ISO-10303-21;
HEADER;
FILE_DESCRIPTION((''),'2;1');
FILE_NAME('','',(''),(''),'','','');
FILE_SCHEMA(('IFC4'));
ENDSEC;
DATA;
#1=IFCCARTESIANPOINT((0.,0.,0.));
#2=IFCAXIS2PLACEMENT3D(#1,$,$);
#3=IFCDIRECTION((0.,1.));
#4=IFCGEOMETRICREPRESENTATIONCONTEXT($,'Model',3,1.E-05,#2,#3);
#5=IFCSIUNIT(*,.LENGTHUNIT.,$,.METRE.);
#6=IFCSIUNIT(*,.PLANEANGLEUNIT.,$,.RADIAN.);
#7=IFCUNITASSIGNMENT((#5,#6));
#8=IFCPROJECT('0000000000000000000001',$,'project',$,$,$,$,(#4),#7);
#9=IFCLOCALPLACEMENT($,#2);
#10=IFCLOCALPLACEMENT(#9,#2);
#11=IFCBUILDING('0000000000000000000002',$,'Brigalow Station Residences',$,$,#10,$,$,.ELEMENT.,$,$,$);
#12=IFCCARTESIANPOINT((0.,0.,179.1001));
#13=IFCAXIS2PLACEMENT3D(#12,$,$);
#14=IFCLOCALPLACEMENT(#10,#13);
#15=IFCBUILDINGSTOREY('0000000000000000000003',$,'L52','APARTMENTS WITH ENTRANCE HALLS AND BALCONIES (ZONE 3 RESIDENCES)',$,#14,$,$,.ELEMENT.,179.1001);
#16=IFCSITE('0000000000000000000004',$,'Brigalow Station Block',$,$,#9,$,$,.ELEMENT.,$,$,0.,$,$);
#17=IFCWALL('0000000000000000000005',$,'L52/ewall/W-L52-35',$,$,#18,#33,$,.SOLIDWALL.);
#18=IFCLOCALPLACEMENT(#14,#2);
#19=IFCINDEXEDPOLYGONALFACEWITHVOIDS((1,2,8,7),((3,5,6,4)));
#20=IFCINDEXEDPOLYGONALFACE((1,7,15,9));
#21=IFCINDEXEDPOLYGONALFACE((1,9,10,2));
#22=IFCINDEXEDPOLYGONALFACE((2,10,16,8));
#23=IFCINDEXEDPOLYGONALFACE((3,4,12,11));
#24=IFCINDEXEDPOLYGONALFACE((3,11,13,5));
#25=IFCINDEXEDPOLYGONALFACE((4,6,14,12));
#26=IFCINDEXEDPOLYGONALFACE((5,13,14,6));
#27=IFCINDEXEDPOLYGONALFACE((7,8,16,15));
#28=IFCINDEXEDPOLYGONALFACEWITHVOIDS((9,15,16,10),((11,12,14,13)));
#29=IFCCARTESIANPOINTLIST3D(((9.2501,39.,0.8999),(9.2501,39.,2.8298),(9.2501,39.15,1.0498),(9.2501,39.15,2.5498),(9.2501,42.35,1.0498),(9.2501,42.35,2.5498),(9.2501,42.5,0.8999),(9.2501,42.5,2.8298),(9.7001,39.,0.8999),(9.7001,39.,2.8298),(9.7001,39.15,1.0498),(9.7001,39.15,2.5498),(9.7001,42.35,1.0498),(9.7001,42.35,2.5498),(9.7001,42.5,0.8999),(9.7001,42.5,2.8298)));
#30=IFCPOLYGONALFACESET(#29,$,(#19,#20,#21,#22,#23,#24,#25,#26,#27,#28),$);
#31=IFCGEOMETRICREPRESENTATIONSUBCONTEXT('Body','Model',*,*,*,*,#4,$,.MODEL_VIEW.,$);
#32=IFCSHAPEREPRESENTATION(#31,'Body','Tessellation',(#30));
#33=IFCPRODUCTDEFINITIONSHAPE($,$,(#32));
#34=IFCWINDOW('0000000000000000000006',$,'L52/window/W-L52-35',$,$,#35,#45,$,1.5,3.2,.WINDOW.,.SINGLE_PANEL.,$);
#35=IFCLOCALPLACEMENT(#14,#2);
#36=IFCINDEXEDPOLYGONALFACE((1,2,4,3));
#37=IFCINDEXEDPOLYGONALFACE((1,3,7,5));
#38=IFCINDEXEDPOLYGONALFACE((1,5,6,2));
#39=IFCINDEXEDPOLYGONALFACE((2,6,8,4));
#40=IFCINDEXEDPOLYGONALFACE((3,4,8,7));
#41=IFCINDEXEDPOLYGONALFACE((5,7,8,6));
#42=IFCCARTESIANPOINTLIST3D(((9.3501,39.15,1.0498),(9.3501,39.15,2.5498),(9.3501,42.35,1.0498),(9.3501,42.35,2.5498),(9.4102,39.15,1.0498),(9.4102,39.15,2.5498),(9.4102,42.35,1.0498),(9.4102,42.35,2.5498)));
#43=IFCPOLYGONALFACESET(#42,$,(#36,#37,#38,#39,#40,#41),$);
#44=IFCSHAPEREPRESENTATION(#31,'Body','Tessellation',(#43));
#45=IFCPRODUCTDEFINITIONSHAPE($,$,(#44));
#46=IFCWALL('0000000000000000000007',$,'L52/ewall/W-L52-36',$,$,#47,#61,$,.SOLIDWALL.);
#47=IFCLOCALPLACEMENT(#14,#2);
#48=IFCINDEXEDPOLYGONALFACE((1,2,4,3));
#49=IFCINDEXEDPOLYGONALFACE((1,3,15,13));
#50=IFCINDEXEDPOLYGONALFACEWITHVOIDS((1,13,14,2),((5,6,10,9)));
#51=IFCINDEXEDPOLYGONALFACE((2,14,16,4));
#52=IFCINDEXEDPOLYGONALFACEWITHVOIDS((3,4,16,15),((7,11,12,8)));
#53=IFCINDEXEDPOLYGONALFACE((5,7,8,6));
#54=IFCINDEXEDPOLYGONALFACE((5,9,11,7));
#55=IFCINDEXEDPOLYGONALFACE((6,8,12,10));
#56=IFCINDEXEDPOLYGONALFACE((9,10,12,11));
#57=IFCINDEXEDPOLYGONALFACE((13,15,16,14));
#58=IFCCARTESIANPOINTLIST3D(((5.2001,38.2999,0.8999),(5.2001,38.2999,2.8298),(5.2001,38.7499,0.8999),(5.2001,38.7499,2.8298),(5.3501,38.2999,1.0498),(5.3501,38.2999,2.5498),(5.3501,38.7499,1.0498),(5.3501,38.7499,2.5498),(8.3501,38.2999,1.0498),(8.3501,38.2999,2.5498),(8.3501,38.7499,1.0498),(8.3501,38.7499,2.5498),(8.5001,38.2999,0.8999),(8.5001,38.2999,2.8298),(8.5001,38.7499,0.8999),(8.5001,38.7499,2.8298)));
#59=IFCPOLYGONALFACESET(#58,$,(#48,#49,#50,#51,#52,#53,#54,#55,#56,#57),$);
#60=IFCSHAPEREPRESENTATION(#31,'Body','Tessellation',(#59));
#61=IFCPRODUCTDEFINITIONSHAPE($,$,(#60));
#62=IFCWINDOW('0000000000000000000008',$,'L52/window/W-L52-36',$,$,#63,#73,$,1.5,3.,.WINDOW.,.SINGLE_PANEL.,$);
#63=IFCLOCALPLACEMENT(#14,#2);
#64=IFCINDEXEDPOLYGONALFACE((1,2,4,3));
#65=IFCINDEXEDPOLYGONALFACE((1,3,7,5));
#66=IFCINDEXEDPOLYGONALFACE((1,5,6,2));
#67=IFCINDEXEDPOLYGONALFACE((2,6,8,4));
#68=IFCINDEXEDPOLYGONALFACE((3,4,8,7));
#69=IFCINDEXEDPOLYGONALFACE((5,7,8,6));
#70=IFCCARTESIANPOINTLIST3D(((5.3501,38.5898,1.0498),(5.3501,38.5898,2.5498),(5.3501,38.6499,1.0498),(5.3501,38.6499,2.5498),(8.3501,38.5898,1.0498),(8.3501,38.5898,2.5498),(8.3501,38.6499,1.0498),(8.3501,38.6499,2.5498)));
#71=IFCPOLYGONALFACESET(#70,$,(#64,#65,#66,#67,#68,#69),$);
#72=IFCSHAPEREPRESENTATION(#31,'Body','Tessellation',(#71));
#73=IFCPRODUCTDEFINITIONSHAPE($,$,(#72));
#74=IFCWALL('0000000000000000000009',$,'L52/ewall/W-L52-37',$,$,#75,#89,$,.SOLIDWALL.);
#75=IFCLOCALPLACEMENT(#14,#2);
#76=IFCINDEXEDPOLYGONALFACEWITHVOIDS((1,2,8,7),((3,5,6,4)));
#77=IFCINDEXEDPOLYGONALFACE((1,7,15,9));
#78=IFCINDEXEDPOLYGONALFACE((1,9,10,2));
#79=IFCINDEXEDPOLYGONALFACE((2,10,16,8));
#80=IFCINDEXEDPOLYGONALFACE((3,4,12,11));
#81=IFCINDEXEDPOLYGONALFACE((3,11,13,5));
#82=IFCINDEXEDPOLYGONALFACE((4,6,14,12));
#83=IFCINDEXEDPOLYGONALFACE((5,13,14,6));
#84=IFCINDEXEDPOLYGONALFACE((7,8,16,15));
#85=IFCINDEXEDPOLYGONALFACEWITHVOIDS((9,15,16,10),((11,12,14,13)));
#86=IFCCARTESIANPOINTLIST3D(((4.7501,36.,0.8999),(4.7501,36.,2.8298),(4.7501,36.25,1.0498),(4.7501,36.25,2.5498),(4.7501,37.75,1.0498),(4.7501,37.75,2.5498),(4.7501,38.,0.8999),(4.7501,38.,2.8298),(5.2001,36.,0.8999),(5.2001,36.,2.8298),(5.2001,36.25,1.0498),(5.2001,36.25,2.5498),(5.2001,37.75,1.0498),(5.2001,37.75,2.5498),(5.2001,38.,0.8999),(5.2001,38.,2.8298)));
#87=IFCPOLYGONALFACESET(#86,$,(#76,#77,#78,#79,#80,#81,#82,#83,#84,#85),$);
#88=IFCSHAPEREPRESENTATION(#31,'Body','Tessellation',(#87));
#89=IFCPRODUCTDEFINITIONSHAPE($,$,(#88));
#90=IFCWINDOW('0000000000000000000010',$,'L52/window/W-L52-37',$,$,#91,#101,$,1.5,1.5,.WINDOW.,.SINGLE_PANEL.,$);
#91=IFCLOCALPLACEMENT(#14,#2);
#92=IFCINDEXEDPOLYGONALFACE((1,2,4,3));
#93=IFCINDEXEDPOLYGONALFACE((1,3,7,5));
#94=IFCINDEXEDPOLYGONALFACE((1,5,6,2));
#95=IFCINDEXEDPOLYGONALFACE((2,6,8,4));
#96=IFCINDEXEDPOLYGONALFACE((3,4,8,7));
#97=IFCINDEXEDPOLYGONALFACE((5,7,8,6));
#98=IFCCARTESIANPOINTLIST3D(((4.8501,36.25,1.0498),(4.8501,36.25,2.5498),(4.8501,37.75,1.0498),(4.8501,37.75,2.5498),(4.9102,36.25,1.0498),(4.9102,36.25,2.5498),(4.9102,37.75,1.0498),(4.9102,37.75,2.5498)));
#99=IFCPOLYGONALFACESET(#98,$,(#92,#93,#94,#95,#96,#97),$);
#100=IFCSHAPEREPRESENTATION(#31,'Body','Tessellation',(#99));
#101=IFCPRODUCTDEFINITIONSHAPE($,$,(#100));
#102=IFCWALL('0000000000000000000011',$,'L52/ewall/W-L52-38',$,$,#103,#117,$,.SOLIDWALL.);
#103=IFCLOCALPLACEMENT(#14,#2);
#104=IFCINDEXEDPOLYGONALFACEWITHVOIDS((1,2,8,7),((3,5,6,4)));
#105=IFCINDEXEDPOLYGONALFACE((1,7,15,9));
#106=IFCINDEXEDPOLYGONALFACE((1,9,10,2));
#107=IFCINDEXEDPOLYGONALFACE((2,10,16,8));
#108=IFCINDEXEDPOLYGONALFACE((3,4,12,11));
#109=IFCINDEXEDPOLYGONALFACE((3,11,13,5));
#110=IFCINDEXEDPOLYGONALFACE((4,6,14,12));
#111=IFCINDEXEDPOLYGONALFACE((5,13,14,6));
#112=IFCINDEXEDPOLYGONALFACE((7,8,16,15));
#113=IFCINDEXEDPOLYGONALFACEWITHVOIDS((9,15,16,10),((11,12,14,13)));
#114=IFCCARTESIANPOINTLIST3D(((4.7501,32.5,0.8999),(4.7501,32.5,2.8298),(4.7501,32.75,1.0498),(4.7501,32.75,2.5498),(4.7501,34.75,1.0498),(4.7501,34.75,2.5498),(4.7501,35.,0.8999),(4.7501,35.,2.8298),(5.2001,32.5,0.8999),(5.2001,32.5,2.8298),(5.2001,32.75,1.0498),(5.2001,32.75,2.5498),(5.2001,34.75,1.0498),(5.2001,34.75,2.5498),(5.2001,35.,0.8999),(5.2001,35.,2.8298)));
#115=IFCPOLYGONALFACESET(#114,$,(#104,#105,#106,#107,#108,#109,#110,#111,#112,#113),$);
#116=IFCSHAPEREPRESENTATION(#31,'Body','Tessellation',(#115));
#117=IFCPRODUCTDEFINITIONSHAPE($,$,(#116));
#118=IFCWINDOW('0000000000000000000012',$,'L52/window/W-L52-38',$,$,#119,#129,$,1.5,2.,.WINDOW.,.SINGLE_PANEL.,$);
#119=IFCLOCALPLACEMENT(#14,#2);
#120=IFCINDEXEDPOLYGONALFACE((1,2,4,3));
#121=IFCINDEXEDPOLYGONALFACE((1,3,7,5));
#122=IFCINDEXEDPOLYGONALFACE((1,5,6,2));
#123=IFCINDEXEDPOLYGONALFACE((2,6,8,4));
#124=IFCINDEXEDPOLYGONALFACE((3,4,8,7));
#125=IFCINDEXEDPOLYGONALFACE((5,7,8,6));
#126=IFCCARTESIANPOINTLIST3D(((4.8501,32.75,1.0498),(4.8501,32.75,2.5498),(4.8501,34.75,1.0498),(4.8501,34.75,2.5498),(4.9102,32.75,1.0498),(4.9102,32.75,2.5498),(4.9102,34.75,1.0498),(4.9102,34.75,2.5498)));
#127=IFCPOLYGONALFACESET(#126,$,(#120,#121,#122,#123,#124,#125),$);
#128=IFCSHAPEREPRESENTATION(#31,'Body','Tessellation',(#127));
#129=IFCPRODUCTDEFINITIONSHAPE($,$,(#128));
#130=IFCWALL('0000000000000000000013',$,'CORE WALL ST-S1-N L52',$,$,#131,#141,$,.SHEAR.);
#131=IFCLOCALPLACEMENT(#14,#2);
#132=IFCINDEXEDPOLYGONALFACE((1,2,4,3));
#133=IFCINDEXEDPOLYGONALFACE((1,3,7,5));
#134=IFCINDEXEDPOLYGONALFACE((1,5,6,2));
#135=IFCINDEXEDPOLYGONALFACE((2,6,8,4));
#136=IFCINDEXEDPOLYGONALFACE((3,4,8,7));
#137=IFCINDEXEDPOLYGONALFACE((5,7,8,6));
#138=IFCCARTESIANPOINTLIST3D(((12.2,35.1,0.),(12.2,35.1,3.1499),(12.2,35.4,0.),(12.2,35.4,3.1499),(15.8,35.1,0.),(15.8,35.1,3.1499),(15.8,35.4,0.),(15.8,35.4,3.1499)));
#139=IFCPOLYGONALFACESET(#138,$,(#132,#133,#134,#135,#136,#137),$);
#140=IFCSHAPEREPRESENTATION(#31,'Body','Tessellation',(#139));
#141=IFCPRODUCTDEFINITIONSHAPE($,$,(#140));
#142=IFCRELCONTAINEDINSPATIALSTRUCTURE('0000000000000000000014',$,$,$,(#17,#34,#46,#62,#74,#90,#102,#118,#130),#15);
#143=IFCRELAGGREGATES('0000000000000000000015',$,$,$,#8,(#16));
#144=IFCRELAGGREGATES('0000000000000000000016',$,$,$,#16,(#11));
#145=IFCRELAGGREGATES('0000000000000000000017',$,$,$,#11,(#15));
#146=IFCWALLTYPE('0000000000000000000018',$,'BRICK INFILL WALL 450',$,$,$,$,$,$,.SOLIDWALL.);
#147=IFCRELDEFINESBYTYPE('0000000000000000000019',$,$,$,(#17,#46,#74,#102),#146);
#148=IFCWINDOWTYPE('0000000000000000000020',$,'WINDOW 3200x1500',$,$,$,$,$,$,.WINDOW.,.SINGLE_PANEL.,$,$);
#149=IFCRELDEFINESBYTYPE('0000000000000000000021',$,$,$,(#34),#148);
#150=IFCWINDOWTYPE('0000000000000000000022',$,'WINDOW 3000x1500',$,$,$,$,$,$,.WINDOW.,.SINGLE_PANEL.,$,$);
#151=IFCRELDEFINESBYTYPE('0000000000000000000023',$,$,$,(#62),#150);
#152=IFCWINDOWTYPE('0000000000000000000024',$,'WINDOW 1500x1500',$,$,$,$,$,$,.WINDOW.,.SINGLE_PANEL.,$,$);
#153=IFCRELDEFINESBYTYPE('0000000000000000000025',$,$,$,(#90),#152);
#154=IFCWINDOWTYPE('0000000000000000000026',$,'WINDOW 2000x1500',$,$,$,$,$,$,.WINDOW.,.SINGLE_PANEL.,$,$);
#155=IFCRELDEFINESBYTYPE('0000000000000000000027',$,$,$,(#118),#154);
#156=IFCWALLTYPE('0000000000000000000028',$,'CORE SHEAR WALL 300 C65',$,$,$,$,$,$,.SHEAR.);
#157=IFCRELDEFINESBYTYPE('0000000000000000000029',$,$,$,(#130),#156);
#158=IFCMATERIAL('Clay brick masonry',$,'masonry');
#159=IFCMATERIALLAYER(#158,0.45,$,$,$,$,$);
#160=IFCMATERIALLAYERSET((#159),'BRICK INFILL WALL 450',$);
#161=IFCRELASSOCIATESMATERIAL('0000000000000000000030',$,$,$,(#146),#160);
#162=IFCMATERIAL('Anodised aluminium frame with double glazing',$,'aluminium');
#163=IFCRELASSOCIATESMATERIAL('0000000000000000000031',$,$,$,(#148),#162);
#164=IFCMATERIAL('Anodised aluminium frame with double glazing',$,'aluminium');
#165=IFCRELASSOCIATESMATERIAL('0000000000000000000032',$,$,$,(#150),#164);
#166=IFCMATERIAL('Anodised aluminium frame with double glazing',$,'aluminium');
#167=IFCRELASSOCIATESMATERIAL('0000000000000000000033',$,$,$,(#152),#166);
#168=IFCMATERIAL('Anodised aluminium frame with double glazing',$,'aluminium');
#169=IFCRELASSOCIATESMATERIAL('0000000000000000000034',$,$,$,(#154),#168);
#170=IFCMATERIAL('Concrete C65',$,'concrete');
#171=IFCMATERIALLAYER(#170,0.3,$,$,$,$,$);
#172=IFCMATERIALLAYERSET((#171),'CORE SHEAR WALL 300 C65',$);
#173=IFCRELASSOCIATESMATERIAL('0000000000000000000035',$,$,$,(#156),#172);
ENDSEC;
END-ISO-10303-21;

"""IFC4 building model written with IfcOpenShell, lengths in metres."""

from ifc_helpers import new_model, si_unit, direction, frame, frame_2d, origin, place, context, subcontext, project, spatial, rectangle, extrude, material, layer, layer_set, type_object, element, fill, save


model = new_model("IFC4")

# Units and contexts
model_context = context("Model", 3, precision=1e-05, world=origin(), true_north=direction((0.0, 1.0)))
body_context = subcontext(model_context, "Body", "Model", "MODEL_VIEW")
ifc_project = project(units=[si_unit("LENGTHUNIT", "METRE"), si_unit("PLANEANGLEUNIT", "RADIAN")], contexts=[model_context])

# Site, building, storey
site_placement = place(None, origin())
site = spatial("IfcSite", under=ifc_project, at=site_placement, Name="Brigalow Station Block", CompositionType="ELEMENT", RefElevation=0.0)
building_placement = place(site_placement, origin())
building = spatial("IfcBuilding", under=site, at=building_placement, Name="Brigalow Station Residences", CompositionType="ELEMENT")
storey_placement = place(building_placement, frame((0.0, 0.0, 179.1001)))
storey = spatial("IfcBuildingStorey", under=building, at=storey_placement, Name="L52", Description="APARTMENTS WITH ENTRANCE HALLS AND BALCONIES (ZONE 3 RESIDENCES)", CompositionType="ELEMENT", Elevation=179.1001)

# Shared definitions
ifc_material_1 = material(Name="Clay brick masonry", Category="masonry")
ifc_layer_1 = layer(ifc_material_1, 0.45)
ifc_layer_set_1 = layer_set([ifc_layer_1], Name="BRICK INFILL WALL 450")
wall_type_1 = type_object("IfcWallType", Name="BRICK INFILL WALL 450", PredefinedType="SOLIDWALL", material=ifc_layer_set_1)

# Walls, openings, windows
wall_1_placement = place(storey_placement, frame((9.4751, 42.5, 0.8999), z_axis=(0.0, 0.0, 1.0), x_axis=(0.0, -1.0, 0.0)))
wall_1 = element("IfcWall", 1, at=wall_1_placement, inside=storey, type_object=wall_type_1, Name="L52/ewall/W-L52-35", PredefinedType="SOLIDWALL", context=body_context, shape_type="SweptSolid", body=[
    extrude(rectangle(XDim=3.5, YDim=0.45, at=frame_2d((1.75, 0.0))), origin(), (0.0, 0.0, 1.0), 1.9299),
])
opening_1_placement = place(wall_1_placement, frame((0.1499, 0.0, 0.1499)))
opening_1 = element("IfcOpeningElement", 2, at=opening_1_placement, cuts=wall_1, PredefinedType="OPENING", context=body_context, shape_type="SweptSolid", body=[
    extrude(rectangle(XDim=3.2, YDim=1.5, at=frame_2d((1.6001, 0.75))), frame((0.0, 0.2349, 0.0), z_axis=(0.0, -1.0, 0.0), x_axis=(1.0, 0.0, 0.0)), (0.0, 0.0, 1.0), 0.47),
])
ifc_material_2 = material(Name="Anodised aluminium frame with double glazing", Category="aluminium")
window_type_1 = type_object("IfcWindowType", Name="WINDOW 3200x1500", PartitioningType="SINGLE_PANEL", PredefinedType="WINDOW", material=ifc_material_2)
window_1_placement = place(opening_1_placement, origin())
window_1 = element("IfcWindow", 3, at=window_1_placement, inside=storey, type_object=window_type_1, Name="L52/window/W-L52-35", OverallHeight=1.5, OverallWidth=3.2, PartitioningType="SINGLE_PANEL", PredefinedType="WINDOW", context=body_context, shape_type="SweptSolid", body=[
    extrude(rectangle(XDim=3.2, YDim=1.5, at=frame_2d((1.6001, 0.75))), frame((0.0, -0.0649, 0.0), z_axis=(0.0, -1.0, 0.0), x_axis=(1.0, 0.0, 0.0)), (0.0, 0.0, 1.0), 0.0601),
])
fill(opening_1, window_1)
wall_2_placement = place(storey_placement, frame((8.5, 38.5249, 0.8999), z_axis=(0.0, 0.0, 1.0), x_axis=(-1.0, 0.0, 0.0)))
wall_2 = element("IfcWall", 4, at=wall_2_placement, inside=storey, type_object=wall_type_1, Name="L52/ewall/W-L52-36", PredefinedType="SOLIDWALL", context=body_context, shape_type="SweptSolid", body=[
    extrude(rectangle(XDim=3.3, YDim=0.45, at=frame_2d((1.6499, 0.0))), origin(), (0.0, 0.0, 1.0), 1.9299),
])
opening_2_placement = place(wall_2_placement, frame((0.1499, 0.0, 0.1499)))
opening_2 = element("IfcOpeningElement", 5, at=opening_2_placement, cuts=wall_2, PredefinedType="OPENING", context=body_context, shape_type="SweptSolid", body=[
    extrude(rectangle(XDim=3.0, YDim=1.5, at=frame_2d((1.5, 0.75))), frame((0.0, 0.2349, 0.0), z_axis=(0.0, -1.0, 0.0), x_axis=(1.0, 0.0, 0.0)), (0.0, 0.0, 1.0), 0.47),
])
ifc_material_3 = material(Name="Anodised aluminium frame with double glazing", Category="aluminium")
window_type_2 = type_object("IfcWindowType", Name="WINDOW 3000x1500", PartitioningType="SINGLE_PANEL", PredefinedType="WINDOW", material=ifc_material_3)
window_2_placement = place(opening_2_placement, origin())
window_2 = element("IfcWindow", 6, at=window_2_placement, inside=storey, type_object=window_type_2, Name="L52/window/W-L52-36", OverallHeight=1.5, OverallWidth=3.0, PartitioningType="SINGLE_PANEL", PredefinedType="WINDOW", context=body_context, shape_type="SweptSolid", body=[
    extrude(rectangle(XDim=3.0, YDim=1.5, at=frame_2d((1.5, 0.75))), frame((0.0, -0.0649, 0.0), z_axis=(0.0, -1.0, 0.0), x_axis=(1.0, 0.0, 0.0)), (0.0, 0.0, 1.0), 0.0601),
])
fill(opening_2, window_2)
wall_3_placement = place(storey_placement, frame((4.9751, 38.0, 0.8999), z_axis=(0.0, 0.0, 1.0), x_axis=(0.0, -1.0, 0.0)))
wall_3 = element("IfcWall", 7, at=wall_3_placement, inside=storey, type_object=wall_type_1, Name="L52/ewall/W-L52-37", PredefinedType="SOLIDWALL", context=body_context, shape_type="SweptSolid", body=[
    extrude(rectangle(XDim=2.0, YDim=0.45, at=frame_2d((1.0, 0.0))), origin(), (0.0, 0.0, 1.0), 1.9299),
])
opening_3_placement = place(wall_3_placement, frame((0.25, 0.0, 0.1499)))
opening_3 = element("IfcOpeningElement", 8, at=opening_3_placement, cuts=wall_3, PredefinedType="OPENING", context=body_context, shape_type="SweptSolid", body=[
    extrude(rectangle(XDim=1.5, YDim=1.5, at=frame_2d((0.75, 0.75))), frame((0.0, 0.2349, 0.0), z_axis=(0.0, -1.0, 0.0), x_axis=(1.0, 0.0, 0.0)), (0.0, 0.0, 1.0), 0.47),
])
ifc_material_4 = material(Name="Anodised aluminium frame with double glazing", Category="aluminium")
window_type_3 = type_object("IfcWindowType", Name="WINDOW 1500x1500", PartitioningType="SINGLE_PANEL", PredefinedType="WINDOW", material=ifc_material_4)
window_3_placement = place(opening_3_placement, origin())
window_3 = element("IfcWindow", 9, at=window_3_placement, inside=storey, type_object=window_type_3, Name="L52/window/W-L52-37", OverallHeight=1.5, OverallWidth=1.5, PartitioningType="SINGLE_PANEL", PredefinedType="WINDOW", context=body_context, shape_type="SweptSolid", body=[
    extrude(rectangle(XDim=1.5, YDim=1.5, at=frame_2d((0.75, 0.75))), frame((0.0, -0.0649, 0.0), z_axis=(0.0, -1.0, 0.0), x_axis=(1.0, 0.0, 0.0)), (0.0, 0.0, 1.0), 0.0601),
])
fill(opening_3, window_3)
wall_4_placement = place(storey_placement, frame((4.9751, 35.0, 0.8999), z_axis=(0.0, 0.0, 1.0), x_axis=(0.0, -1.0, 0.0)))
wall_4 = element("IfcWall", 10, at=wall_4_placement, inside=storey, type_object=wall_type_1, Name="L52/ewall/W-L52-38", PredefinedType="SOLIDWALL", context=body_context, shape_type="SweptSolid", body=[
    extrude(rectangle(XDim=2.5, YDim=0.45, at=frame_2d((1.25, 0.0))), origin(), (0.0, 0.0, 1.0), 1.9299),
])
opening_4_placement = place(wall_4_placement, frame((0.25, 0.0, 0.1499)))
opening_4 = element("IfcOpeningElement", 11, at=opening_4_placement, cuts=wall_4, PredefinedType="OPENING", context=body_context, shape_type="SweptSolid", body=[
    extrude(rectangle(XDim=2.0, YDim=1.5, at=frame_2d((1.0, 0.75))), frame((0.0, 0.2349, 0.0), z_axis=(0.0, -1.0, 0.0), x_axis=(1.0, 0.0, 0.0)), (0.0, 0.0, 1.0), 0.47),
])
ifc_material_5 = material(Name="Anodised aluminium frame with double glazing", Category="aluminium")
window_type_4 = type_object("IfcWindowType", Name="WINDOW 2000x1500", PartitioningType="SINGLE_PANEL", PredefinedType="WINDOW", material=ifc_material_5)
window_4_placement = place(opening_4_placement, origin())
window_4 = element("IfcWindow", 12, at=window_4_placement, inside=storey, type_object=window_type_4, Name="L52/window/W-L52-38", OverallHeight=1.5, OverallWidth=2.0, PartitioningType="SINGLE_PANEL", PredefinedType="WINDOW", context=body_context, shape_type="SweptSolid", body=[
    extrude(rectangle(XDim=2.0, YDim=1.5, at=frame_2d((1.0, 0.75))), frame((0.0, -0.0649, 0.0), z_axis=(0.0, -1.0, 0.0), x_axis=(1.0, 0.0, 0.0)), (0.0, 0.0, 1.0), 0.0601),
])
fill(opening_4, window_4)

# Wall
ifc_material_6 = material(Name="Concrete C65", Category="concrete")
ifc_layer_2 = layer(ifc_material_6, 0.3)
ifc_layer_set_2 = layer_set([ifc_layer_2], Name="CORE SHEAR WALL 300 C65")
wall_type_2 = type_object("IfcWallType", Name="CORE SHEAR WALL 300 C65", PredefinedType="SHEAR", material=ifc_layer_set_2)
wall_5_placement = place(storey_placement, frame((12.2, 35.25, 0.0), z_axis=(0.0, 0.0, 1.0), x_axis=(1.0, 0.0, 0.0)))
element("IfcWall", 13, at=wall_5_placement, inside=storey, type_object=wall_type_2, Name="CORE WALL ST-S1-N L52", PredefinedType="SHEAR", context=body_context, shape_type="SweptSolid", body=[
    extrude(rectangle(XDim=3.6001, YDim=0.3, at=frame_2d((1.8, 0.0))), origin(), (0.0, 0.0, 1.0), 3.1499),
])

save(model, "model.ifc")
